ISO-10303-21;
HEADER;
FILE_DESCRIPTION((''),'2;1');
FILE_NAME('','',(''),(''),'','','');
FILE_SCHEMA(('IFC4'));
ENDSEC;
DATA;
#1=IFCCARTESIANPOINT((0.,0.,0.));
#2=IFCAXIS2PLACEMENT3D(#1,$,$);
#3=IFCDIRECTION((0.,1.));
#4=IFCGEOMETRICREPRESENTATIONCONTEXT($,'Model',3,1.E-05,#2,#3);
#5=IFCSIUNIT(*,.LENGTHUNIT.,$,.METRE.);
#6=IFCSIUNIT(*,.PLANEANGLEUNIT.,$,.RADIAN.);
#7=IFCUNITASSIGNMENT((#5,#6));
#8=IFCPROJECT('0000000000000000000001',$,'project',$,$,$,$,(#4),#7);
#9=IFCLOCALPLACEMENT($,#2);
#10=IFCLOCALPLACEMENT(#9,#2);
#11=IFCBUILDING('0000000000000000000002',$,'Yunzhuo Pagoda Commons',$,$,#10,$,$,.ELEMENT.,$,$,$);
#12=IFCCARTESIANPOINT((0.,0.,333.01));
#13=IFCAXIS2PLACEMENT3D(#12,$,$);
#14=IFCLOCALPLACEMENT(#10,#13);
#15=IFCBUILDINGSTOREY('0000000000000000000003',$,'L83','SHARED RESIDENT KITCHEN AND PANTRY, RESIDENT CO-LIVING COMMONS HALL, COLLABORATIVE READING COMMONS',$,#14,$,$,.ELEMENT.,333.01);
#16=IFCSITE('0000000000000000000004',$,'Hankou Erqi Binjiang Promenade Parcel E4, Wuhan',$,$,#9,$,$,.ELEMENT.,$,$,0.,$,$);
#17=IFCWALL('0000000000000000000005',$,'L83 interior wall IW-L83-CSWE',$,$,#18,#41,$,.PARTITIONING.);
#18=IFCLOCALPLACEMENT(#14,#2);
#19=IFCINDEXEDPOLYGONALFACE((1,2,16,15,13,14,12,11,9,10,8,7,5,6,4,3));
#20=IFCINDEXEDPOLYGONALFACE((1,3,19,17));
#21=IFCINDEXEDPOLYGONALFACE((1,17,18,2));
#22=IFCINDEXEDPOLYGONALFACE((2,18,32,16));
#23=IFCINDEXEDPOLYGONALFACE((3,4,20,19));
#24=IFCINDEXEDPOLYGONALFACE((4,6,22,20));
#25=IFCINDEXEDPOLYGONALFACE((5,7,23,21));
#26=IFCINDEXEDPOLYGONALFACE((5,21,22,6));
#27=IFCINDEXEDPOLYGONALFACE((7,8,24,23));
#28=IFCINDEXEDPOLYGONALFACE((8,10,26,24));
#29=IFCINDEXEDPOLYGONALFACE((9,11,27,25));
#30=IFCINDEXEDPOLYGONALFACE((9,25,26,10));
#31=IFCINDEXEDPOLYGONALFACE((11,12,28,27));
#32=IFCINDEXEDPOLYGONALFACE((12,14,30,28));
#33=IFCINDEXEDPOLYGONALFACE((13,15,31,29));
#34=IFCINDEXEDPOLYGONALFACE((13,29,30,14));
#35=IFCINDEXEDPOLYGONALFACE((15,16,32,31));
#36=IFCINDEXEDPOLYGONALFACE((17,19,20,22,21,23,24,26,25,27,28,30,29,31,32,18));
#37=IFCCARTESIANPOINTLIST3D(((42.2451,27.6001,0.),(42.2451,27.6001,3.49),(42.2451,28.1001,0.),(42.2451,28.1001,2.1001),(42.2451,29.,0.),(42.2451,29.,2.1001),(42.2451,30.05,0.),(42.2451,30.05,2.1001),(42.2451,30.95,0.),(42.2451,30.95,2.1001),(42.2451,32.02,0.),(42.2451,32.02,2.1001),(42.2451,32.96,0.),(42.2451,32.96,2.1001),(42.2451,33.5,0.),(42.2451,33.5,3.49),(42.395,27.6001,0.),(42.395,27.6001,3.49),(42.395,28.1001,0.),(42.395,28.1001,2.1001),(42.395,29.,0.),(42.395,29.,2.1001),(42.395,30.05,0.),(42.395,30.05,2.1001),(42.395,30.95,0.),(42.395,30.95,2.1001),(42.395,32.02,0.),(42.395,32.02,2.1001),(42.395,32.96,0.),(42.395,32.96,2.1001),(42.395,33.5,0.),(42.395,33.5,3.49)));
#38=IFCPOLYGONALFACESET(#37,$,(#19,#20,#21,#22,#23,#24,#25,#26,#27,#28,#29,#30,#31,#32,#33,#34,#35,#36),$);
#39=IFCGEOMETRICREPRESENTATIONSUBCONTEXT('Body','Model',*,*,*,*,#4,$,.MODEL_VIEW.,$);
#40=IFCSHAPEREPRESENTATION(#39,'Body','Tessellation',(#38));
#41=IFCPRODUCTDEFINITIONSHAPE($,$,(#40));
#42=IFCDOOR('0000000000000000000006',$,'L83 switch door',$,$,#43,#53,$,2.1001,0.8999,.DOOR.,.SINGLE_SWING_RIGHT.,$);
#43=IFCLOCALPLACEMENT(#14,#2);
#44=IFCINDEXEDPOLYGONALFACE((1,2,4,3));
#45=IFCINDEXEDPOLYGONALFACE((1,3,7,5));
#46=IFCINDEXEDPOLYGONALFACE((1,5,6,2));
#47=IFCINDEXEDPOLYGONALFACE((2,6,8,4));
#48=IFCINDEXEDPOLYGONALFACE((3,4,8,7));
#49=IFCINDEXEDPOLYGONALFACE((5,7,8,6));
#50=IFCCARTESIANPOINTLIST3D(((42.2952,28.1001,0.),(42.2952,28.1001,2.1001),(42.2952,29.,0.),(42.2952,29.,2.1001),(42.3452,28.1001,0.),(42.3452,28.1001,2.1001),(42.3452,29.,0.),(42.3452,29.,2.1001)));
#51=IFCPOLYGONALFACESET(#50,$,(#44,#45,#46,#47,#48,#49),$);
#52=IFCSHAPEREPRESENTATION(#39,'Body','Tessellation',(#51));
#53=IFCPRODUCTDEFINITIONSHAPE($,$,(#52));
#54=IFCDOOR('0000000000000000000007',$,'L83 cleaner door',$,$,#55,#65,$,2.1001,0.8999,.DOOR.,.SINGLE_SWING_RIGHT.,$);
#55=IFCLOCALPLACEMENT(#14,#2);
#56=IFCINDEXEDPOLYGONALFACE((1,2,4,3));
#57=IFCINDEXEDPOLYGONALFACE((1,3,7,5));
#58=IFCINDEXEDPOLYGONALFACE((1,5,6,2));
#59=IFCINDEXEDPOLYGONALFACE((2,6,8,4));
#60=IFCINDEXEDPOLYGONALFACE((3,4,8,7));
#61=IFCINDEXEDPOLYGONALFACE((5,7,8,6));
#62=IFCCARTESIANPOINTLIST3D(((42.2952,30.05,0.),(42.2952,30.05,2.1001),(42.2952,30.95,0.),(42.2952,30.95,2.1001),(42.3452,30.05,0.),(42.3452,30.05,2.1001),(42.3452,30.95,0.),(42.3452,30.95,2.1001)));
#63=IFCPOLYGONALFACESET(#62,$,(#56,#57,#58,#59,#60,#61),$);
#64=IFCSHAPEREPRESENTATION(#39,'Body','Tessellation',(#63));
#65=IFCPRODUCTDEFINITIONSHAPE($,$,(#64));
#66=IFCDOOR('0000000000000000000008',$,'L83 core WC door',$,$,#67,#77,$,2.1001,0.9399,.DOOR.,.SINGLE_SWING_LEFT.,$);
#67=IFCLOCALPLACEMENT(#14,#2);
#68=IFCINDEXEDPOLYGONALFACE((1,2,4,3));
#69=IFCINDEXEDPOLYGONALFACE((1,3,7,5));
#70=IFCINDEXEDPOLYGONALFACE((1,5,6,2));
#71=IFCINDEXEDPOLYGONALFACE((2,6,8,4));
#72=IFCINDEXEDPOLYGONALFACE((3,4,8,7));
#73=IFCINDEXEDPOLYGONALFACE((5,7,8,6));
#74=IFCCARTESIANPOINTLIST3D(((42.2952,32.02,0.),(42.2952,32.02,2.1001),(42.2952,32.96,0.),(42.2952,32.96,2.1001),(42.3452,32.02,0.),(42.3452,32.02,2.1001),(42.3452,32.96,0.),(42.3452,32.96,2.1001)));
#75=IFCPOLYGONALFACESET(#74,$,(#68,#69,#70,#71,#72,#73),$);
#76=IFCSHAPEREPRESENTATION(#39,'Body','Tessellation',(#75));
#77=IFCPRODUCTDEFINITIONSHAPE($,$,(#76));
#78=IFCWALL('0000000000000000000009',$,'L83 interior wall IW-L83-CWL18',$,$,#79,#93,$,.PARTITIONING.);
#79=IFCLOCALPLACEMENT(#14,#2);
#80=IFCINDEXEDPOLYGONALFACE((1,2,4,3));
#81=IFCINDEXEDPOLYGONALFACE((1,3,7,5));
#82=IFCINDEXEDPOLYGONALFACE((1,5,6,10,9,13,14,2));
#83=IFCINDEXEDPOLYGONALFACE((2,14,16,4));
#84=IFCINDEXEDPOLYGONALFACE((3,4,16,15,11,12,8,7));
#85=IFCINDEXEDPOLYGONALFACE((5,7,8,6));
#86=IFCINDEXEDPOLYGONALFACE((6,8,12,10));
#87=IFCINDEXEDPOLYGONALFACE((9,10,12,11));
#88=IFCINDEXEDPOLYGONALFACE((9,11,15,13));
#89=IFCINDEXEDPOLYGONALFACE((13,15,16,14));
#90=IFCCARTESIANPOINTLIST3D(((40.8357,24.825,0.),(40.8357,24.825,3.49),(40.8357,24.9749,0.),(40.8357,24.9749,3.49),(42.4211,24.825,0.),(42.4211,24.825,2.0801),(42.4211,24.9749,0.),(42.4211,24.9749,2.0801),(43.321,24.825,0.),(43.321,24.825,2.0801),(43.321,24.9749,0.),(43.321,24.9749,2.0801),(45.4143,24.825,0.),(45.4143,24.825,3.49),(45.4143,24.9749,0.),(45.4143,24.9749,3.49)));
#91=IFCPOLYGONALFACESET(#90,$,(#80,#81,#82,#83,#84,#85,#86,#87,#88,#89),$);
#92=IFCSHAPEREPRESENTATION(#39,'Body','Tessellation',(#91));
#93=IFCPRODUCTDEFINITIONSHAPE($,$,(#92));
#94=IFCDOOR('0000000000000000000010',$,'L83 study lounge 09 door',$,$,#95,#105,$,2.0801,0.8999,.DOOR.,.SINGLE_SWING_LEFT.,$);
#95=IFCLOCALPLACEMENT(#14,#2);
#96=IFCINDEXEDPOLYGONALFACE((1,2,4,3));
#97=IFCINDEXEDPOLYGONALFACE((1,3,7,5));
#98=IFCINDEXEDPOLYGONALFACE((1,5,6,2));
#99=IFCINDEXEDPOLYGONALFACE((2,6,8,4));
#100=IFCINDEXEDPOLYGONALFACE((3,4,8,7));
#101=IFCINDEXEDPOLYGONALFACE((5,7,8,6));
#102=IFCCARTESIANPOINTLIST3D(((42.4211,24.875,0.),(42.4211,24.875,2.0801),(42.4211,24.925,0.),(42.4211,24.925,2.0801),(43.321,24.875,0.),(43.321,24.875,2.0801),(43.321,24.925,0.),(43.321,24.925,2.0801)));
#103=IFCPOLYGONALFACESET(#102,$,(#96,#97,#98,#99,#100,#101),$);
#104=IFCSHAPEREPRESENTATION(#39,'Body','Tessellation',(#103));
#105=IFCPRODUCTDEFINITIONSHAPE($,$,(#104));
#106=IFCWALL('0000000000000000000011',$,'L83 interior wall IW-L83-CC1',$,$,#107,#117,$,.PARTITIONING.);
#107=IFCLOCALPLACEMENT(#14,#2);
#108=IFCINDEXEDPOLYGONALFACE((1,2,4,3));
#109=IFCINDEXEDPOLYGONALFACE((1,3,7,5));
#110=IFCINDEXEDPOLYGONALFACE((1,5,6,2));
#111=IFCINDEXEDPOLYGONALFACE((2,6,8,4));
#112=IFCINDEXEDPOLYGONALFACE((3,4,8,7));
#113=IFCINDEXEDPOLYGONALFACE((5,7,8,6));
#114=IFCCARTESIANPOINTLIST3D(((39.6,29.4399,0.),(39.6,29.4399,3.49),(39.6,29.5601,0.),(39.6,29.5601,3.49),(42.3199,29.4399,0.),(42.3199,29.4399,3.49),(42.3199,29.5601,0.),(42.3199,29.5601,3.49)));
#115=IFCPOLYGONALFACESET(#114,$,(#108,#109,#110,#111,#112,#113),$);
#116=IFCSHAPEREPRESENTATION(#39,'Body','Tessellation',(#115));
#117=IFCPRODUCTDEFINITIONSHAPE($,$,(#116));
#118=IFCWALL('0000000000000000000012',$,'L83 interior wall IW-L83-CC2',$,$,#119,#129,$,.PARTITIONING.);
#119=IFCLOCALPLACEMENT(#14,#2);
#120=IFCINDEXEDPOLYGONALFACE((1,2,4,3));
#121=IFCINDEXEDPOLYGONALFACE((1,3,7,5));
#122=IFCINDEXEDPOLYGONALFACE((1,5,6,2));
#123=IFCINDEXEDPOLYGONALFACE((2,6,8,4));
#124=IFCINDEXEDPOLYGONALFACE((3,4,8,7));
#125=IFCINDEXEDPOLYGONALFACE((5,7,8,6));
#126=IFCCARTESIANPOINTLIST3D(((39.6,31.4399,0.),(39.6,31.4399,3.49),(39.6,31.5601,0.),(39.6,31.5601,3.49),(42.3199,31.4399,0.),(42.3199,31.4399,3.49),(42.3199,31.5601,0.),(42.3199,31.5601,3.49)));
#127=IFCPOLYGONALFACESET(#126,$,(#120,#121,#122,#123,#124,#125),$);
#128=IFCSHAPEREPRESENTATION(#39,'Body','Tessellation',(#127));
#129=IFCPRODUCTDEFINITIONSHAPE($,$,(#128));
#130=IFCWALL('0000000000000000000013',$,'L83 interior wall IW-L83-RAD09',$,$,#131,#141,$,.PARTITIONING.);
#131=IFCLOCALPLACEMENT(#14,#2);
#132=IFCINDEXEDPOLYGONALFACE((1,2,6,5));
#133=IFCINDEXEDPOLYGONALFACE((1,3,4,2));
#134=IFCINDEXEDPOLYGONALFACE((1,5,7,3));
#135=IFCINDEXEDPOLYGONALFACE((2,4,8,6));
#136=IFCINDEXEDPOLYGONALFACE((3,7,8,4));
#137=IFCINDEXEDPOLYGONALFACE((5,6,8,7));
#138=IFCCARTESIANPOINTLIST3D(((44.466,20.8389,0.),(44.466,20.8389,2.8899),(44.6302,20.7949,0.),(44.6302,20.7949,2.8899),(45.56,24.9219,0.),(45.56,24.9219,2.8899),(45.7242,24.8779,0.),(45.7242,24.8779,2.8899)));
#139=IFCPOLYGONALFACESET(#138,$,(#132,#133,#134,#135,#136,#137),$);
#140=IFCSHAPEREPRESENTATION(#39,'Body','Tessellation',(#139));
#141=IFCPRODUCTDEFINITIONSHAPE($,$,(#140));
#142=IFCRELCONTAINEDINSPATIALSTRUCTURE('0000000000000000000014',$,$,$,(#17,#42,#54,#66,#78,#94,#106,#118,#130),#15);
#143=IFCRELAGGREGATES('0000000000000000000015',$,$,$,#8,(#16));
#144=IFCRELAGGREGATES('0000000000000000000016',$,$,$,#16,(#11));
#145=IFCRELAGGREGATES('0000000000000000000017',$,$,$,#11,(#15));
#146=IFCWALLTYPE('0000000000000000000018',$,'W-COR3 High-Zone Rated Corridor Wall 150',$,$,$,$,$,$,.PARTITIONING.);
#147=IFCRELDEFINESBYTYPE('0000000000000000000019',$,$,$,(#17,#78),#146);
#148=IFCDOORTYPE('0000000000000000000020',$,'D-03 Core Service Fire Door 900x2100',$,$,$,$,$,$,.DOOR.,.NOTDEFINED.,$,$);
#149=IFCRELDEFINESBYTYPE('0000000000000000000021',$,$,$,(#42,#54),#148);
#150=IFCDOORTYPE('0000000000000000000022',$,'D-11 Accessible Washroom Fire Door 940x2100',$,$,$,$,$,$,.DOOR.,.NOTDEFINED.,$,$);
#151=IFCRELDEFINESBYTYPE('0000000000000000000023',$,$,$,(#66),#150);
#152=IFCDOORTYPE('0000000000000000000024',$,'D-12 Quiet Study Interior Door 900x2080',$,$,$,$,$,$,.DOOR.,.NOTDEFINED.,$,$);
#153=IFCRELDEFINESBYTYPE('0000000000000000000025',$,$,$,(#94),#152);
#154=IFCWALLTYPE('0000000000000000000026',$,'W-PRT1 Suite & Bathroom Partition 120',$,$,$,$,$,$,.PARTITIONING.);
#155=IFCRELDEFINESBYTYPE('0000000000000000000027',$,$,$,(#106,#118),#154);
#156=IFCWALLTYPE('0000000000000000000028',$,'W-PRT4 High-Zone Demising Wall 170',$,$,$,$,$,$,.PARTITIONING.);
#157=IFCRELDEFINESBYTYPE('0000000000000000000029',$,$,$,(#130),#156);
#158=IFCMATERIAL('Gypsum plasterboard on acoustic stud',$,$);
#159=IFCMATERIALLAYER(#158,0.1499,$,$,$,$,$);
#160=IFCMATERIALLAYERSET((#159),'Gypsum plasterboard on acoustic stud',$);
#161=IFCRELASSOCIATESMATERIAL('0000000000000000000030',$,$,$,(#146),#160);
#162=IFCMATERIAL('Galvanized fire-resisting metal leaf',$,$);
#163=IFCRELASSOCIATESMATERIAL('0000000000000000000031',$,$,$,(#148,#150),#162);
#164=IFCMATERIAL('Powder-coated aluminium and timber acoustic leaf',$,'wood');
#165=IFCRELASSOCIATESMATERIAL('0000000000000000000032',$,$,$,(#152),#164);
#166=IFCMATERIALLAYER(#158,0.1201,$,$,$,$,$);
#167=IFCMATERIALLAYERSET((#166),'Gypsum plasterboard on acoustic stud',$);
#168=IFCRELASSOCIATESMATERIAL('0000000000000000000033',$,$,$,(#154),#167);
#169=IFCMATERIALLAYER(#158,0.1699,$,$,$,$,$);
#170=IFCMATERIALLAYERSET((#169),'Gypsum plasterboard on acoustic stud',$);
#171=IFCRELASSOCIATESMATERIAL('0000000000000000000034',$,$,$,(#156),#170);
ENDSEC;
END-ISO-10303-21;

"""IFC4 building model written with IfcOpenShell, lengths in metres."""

from ifc_helpers import new_model, si_unit, direction, frame, frame_2d, origin, origin_with_axes, place, context, subcontext, project, spatial, rectangle, extrude, source, transform, mapped, material, layer, layer_set, type_object, element, fill, save


model = new_model("IFC4")

# Units and contexts
model_context = context("Model", 3, precision=1e-05, world=origin(), true_north=direction((0.0, 1.0)))
body_context = subcontext(model_context, "Body", "Model", "MODEL_VIEW")
ifc_project = project(units=[si_unit("LENGTHUNIT", "METRE"), si_unit("PLANEANGLEUNIT", "RADIAN")], contexts=[model_context])

# Site, building, storey
site_placement = place(None, origin())
site = spatial("IfcSite", under=ifc_project, at=site_placement, Name="Hankou Erqi Binjiang Promenade Parcel E4, Wuhan", CompositionType="ELEMENT", RefElevation=0.0)
building_placement = place(site_placement, origin())
building = spatial("IfcBuilding", under=site, at=building_placement, Name="Yunzhuo Pagoda Commons", CompositionType="ELEMENT")
storey_placement = place(building_placement, frame((0.0, 0.0, 333.01)))
storey = spatial("IfcBuildingStorey", under=building, at=storey_placement, Name="L83", Description="SHARED RESIDENT KITCHEN AND PANTRY, RESIDENT CO-LIVING COMMONS HALL, COLLABORATIVE READING COMMONS", CompositionType="ELEMENT", Elevation=333.01)

# Wall, openings, doors
ifc_material_1 = material(Name="Gypsum plasterboard on acoustic stud")
ifc_layer_1 = layer(ifc_material_1, 0.1499)
ifc_layer_set_1 = layer_set([ifc_layer_1], Name="Gypsum plasterboard on acoustic stud")
wall_type_1 = type_object("IfcWallType", Name="W-COR3 High-Zone Rated Corridor Wall 150", PredefinedType="PARTITIONING", material=ifc_layer_set_1)
wall_1_placement = place(storey_placement, frame((42.3201, 27.6001, 0.0), z_axis=(0.0, 0.0, 1.0), x_axis=(0.0, 1.0, 0.0)))
wall_1 = element("IfcWall", 1, at=wall_1_placement, inside=storey, type_object=wall_type_1, Name="L83 interior wall IW-L83-CSWE", PredefinedType="PARTITIONING", context=body_context, shape_type="SweptSolid", body=[
    extrude(rectangle(XDim=5.8999, YDim=0.1499, at=frame_2d((2.95, 0.0))), origin(), (0.0, 0.0, 1.0), 3.49),
])
opening_1_placement = place(wall_1_placement, frame((0.5, 0.0, 0.0)))
opening_1 = element("IfcOpeningElement", 2, at=opening_1_placement, cuts=wall_1, PredefinedType="OPENING", context=body_context, shape_type="SweptSolid", body=[
    extrude(rectangle(XDim=0.8999, YDim=2.1001, at=frame_2d((0.45, 1.05))), frame((0.0, 0.085, 0.0), z_axis=(0.0, -1.0, 0.0), x_axis=(1.0, 0.0, 0.0)), (0.0, 0.0, 1.0), 0.1699),
])
opening_2_placement = place(wall_1_placement, frame((2.45, 0.0, 0.0)))
opening_2 = element("IfcOpeningElement", 3, at=opening_2_placement, cuts=wall_1, PredefinedType="OPENING", context=body_context, shape_type="SweptSolid", body=[
    extrude(rectangle(XDim=0.8999, YDim=2.1001, at=frame_2d((0.45, 1.05))), frame((0.0, 0.085, 0.0), z_axis=(0.0, -1.0, 0.0), x_axis=(1.0, 0.0, 0.0)), (0.0, 0.0, 1.0), 0.1699),
])
opening_3_placement = place(wall_1_placement, frame((4.4199, 0.0, 0.0)))
opening_3 = element("IfcOpeningElement", 4, at=opening_3_placement, cuts=wall_1, PredefinedType="OPENING", context=body_context, shape_type="SweptSolid", body=[
    extrude(rectangle(XDim=0.9399, YDim=2.1001, at=frame_2d((0.47, 1.05))), frame((0.0, 0.085, 0.0), z_axis=(0.0, -1.0, 0.0), x_axis=(1.0, 0.0, 0.0)), (0.0, 0.0, 1.0), 0.1699),
])
ifc_material_2 = material(Name="Galvanized fire-resisting metal leaf")
door_type_1 = type_object("IfcDoorType", Name="D-03 Core Service Fire Door 900x2100", OperationType="NOTDEFINED", PredefinedType="DOOR", material=ifc_material_2)
shared_shape_1 = source(origin(), body_context, "Body", "SweptSolid", [
    extrude(rectangle(XDim=0.8999, YDim=2.1001, at=frame_2d((0.45, 1.05))), frame((0.0, 0.0249, 0.0), z_axis=(0.0, -1.0, 0.0), x_axis=(1.0, 0.0, 0.0)), (0.0, 0.0, 1.0), 0.05),
])
door_1_placement = place(opening_1_placement, origin_with_axes())
door_1 = element("IfcDoor", 5, at=door_1_placement, inside=storey, type_object=door_type_1, Name="L83 switch door", OperationType="SINGLE_SWING_RIGHT", OverallHeight=2.1001, OverallWidth=0.8999, PredefinedType="DOOR", context=body_context, shape_type="MappedRepresentation", body=[
    mapped(shared_shape_1, transform((0.0, 0.0, 0.0), scale=1.0)),
])
fill(opening_1, door_1)
door_2_placement = place(opening_2_placement, origin_with_axes())
door_2 = element("IfcDoor", 6, at=door_2_placement, inside=storey, type_object=door_type_1, Name="L83 cleaner door", OperationType="SINGLE_SWING_RIGHT", OverallHeight=2.1001, OverallWidth=0.8999, PredefinedType="DOOR", context=body_context, shape_type="MappedRepresentation", body=[
    mapped(shared_shape_1, transform((0.0, 0.0, 0.0), scale=1.0)),
])
fill(opening_2, door_2)
door_type_2 = type_object("IfcDoorType", Name="D-11 Accessible Washroom Fire Door 940x2100", OperationType="NOTDEFINED", PredefinedType="DOOR", material=ifc_material_2)
shared_shape_2 = source(origin(), body_context, "Body", "SweptSolid", [
    extrude(rectangle(XDim=0.9399, YDim=2.1001, at=frame_2d((0.47, 1.05))), frame((0.0, 0.0249, 0.0), z_axis=(0.0, -1.0, 0.0), x_axis=(1.0, 0.0, 0.0)), (0.0, 0.0, 1.0), 0.05),
])
door_3_placement = place(opening_3_placement, origin_with_axes())
door_3 = element("IfcDoor", 7, at=door_3_placement, inside=storey, type_object=door_type_2, Name="L83 core WC door", OperationType="SINGLE_SWING_LEFT", OverallHeight=2.1001, OverallWidth=0.9399, PredefinedType="DOOR", context=body_context, shape_type="MappedRepresentation", body=[
    mapped(shared_shape_2, transform((0.0, 0.0, 0.0), scale=1.0)),
])
fill(opening_3, door_3)

# Wall, opening, door
wall_2_placement = place(storey_placement, frame((45.4143, 24.8999, 0.0), z_axis=(0.0, 0.0, 1.0), x_axis=(-1.0, 0.0, 0.0)))
wall_2 = element("IfcWall", 8, at=wall_2_placement, inside=storey, type_object=wall_type_1, Name="L83 interior wall IW-L83-CWL18", PredefinedType="PARTITIONING", context=body_context, shape_type="SweptSolid", body=[
    extrude(rectangle(XDim=4.5786, YDim=0.1499, at=frame_2d((2.2893, 0.0))), origin(), (0.0, 0.0, 1.0), 3.49),
])
opening_4_placement = place(wall_2_placement, frame((2.0933, 0.0, 0.0)))
opening_4 = element("IfcOpeningElement", 9, at=opening_4_placement, cuts=wall_2, PredefinedType="OPENING", context=body_context, shape_type="SweptSolid", body=[
    extrude(rectangle(XDim=0.8999, YDim=2.0801, at=frame_2d((0.45, 1.04))), frame((0.0, 0.085, 0.0), z_axis=(0.0, -1.0, 0.0), x_axis=(1.0, 0.0, 0.0)), (0.0, 0.0, 1.0), 0.1699),
])
ifc_material_3 = material(Name="Powder-coated aluminium and timber acoustic leaf", Category="wood")
door_type_3 = type_object("IfcDoorType", Name="D-12 Quiet Study Interior Door 900x2080", OperationType="NOTDEFINED", PredefinedType="DOOR", material=ifc_material_3)
shared_shape_3 = source(origin(), body_context, "Body", "SweptSolid", [
    extrude(rectangle(XDim=0.8999, YDim=2.0801, at=frame_2d((0.45, 1.04))), frame((0.0, 0.0249, 0.0), z_axis=(0.0, -1.0, 0.0), x_axis=(1.0, 0.0, 0.0)), (0.0, 0.0, 1.0), 0.05),
])
door_4_placement = place(opening_4_placement, origin_with_axes())
door_4 = element("IfcDoor", 10, at=door_4_placement, inside=storey, type_object=door_type_3, Name="L83 study lounge 09 door", OperationType="SINGLE_SWING_LEFT", OverallHeight=2.0801, OverallWidth=0.8999, PredefinedType="DOOR", context=body_context, shape_type="MappedRepresentation", body=[
    mapped(shared_shape_3, transform((0.0, 0.0, 0.0), scale=1.0)),
])
fill(opening_4, door_4)

# Walls
ifc_layer_2 = layer(ifc_material_1, 0.1201)
ifc_layer_set_2 = layer_set([ifc_layer_2], Name="Gypsum plasterboard on acoustic stud")
wall_type_2 = type_object("IfcWallType", Name="W-PRT1 Suite & Bathroom Partition 120", PredefinedType="PARTITIONING", material=ifc_layer_set_2)
for number, where, z_axis, x_axis, name in (
    (11, (39.6001, 29.5, 0.0), (0.0, 0.0, 1.0), (1.0, 0.0, 0.0), "L83 interior wall IW-L83-CC1"),
    (12, (39.6001, 31.5, 0.0), (0.0, 0.0, 1.0), (1.0, 0.0, 0.0), "L83 interior wall IW-L83-CC2"),
):
    element("IfcWall", number, at=place(storey_placement, frame(where, z_axis=z_axis, x_axis=x_axis)), inside=storey, type_object=wall_type_2, Name=name, PredefinedType="PARTITIONING", context=body_context, shape_type="SweptSolid", body=[
        extrude(rectangle(XDim=2.72, YDim=0.1201, at=frame_2d((1.3599, 0.0))), origin(), (0.0, 0.0, 1.0), 3.49),
    ])
ifc_layer_3 = layer(ifc_material_1, 0.1699)
ifc_layer_set_3 = layer_set([ifc_layer_3], Name="Gypsum plasterboard on acoustic stud")
wall_type_3 = type_object("IfcWallType", Name="W-PRT4 High-Zone Demising Wall 170", PredefinedType="PARTITIONING", material=ifc_layer_set_3)
wall_3_placement = place(storey_placement, frame((45.6421, 24.8999, 0.0), z_axis=(0.0, 0.0, 1.0), x_axis=(-0.258809, -0.965928, 0.0)))
element("IfcWall", 13, at=wall_3_placement, inside=storey, type_object=wall_type_3, Name="L83 interior wall IW-L83-RAD09", PredefinedType="PARTITIONING", context=body_context, shape_type="SweptSolid", body=[
    extrude(rectangle(XDim=4.2271, YDim=0.1699, at=frame_2d((2.1135, 0.0))), origin(), (0.0, 0.0, 1.0), 2.8899),
])

save(model, "model.ifc")
